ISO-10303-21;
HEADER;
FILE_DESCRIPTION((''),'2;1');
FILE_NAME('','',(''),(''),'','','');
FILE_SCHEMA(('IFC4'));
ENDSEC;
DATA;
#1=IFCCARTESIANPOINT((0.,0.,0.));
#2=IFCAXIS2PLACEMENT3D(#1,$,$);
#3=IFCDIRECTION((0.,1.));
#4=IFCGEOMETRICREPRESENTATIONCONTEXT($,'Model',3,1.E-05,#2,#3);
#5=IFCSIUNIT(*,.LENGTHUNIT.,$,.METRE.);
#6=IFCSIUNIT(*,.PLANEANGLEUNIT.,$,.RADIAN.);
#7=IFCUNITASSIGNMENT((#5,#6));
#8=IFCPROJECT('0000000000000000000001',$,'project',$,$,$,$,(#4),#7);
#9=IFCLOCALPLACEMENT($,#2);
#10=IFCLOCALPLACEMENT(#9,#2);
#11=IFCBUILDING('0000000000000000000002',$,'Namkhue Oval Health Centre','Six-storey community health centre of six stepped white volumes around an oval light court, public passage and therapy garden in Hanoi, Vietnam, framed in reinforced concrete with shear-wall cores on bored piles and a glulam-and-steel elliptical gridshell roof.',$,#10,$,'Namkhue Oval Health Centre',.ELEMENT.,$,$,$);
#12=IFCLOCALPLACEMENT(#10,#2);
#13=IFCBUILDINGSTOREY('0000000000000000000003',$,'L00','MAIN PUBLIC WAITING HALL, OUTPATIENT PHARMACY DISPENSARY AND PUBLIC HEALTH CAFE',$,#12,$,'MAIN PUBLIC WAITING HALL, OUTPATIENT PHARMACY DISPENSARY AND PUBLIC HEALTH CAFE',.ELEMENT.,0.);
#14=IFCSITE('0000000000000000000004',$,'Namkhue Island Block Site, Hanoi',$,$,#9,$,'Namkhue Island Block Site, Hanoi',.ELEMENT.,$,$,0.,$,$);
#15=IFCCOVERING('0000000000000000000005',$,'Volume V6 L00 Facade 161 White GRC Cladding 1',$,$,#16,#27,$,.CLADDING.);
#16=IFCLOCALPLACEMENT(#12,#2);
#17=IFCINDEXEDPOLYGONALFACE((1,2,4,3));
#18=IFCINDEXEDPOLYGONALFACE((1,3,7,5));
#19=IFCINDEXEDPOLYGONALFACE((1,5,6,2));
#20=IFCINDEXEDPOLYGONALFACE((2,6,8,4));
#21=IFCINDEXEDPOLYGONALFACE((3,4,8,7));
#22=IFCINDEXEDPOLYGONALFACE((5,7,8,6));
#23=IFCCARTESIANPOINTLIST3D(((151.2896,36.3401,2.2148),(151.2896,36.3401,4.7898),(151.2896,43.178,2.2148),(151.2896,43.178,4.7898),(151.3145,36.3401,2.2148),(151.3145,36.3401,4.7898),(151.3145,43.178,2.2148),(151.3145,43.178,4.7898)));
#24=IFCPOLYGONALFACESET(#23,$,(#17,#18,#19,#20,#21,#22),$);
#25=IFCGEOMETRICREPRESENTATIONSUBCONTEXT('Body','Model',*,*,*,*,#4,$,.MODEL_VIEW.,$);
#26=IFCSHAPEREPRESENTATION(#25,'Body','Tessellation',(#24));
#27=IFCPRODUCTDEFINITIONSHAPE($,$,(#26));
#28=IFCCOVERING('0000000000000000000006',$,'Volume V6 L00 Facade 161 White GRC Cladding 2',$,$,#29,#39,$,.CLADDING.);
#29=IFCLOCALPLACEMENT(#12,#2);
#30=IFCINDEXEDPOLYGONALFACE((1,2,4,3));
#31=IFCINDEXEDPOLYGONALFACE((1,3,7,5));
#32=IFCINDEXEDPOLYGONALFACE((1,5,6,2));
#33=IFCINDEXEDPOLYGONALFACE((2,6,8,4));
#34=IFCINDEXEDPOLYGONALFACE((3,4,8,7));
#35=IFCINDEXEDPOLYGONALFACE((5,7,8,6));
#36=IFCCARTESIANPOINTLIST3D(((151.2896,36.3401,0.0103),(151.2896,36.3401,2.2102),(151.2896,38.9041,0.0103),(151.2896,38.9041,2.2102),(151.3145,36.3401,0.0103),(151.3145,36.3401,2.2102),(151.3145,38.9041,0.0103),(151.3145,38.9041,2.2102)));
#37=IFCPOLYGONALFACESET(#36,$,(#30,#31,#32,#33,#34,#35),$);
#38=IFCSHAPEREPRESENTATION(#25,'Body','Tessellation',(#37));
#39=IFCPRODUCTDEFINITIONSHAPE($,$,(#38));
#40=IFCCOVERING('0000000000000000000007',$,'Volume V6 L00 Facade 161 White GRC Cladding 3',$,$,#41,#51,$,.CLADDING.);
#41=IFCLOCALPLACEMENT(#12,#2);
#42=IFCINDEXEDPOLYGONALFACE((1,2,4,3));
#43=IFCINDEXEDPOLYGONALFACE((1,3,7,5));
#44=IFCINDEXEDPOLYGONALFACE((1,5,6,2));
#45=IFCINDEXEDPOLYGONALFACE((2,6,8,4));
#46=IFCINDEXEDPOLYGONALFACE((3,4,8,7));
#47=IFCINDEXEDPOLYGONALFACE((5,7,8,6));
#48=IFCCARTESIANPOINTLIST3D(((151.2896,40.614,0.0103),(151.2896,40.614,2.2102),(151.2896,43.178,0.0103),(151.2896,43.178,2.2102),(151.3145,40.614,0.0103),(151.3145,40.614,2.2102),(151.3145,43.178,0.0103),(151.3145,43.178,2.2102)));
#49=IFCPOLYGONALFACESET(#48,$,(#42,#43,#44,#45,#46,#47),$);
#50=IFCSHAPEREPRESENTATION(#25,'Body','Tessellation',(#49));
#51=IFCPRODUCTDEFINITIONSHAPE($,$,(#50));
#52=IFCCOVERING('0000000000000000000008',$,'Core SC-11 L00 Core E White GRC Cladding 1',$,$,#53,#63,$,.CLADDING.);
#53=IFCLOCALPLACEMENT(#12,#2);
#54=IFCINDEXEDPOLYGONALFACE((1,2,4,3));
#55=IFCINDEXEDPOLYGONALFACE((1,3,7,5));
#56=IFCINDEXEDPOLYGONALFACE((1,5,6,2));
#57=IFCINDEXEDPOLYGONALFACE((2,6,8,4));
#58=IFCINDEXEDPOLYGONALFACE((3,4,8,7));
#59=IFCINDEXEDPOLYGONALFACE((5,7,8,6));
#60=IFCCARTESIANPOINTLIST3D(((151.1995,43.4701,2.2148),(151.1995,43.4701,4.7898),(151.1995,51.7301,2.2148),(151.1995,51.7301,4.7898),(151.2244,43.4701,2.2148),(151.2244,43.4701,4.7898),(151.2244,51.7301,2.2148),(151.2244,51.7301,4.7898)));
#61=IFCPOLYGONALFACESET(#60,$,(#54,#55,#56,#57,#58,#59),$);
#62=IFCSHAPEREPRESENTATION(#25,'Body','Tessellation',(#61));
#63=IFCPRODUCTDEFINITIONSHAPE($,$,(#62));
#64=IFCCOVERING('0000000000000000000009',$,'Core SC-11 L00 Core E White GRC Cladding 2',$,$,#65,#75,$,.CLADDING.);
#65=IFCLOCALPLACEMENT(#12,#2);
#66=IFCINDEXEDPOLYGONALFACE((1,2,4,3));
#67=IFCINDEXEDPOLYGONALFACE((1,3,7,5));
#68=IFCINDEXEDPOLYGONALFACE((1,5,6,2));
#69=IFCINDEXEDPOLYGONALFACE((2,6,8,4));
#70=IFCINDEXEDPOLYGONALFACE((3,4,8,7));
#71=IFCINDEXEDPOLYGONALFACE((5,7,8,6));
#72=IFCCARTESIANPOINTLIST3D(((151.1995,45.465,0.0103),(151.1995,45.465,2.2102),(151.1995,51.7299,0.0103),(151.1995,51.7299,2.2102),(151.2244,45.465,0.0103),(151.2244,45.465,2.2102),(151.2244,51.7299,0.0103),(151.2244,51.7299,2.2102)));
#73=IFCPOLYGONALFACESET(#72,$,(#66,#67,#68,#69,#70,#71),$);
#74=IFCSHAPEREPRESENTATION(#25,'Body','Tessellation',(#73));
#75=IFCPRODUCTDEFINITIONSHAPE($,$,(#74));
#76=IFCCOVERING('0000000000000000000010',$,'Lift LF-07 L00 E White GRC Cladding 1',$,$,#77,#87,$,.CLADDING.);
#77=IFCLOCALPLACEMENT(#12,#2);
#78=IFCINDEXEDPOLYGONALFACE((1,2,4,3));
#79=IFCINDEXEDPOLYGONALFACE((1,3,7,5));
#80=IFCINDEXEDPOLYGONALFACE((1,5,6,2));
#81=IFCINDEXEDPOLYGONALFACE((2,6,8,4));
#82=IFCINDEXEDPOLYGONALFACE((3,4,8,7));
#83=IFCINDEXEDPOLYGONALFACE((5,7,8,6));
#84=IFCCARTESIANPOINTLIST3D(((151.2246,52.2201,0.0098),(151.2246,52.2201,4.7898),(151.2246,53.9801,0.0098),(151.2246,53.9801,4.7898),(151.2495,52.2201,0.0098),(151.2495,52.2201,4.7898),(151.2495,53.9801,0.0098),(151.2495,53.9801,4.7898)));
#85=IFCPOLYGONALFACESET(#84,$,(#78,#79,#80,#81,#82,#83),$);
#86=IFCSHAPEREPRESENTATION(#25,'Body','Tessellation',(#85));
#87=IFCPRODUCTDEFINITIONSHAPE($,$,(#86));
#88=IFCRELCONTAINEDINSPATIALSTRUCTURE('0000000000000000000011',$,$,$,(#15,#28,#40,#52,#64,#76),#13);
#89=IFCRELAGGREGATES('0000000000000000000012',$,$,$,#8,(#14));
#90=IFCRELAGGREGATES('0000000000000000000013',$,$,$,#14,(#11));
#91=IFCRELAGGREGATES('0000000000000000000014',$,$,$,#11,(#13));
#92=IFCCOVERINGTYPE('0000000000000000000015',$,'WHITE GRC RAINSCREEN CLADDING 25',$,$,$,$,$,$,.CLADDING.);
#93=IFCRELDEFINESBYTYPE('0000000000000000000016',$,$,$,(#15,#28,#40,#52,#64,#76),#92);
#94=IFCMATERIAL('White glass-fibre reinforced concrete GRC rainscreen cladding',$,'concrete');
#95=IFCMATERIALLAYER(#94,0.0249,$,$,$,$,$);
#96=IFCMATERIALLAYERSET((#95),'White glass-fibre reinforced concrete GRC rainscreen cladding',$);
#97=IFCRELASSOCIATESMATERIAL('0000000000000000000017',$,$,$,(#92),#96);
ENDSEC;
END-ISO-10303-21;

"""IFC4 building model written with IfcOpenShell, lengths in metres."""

from ifc_helpers import new_model, si_unit, direction, frame, origin, origin_2d, place, context, subcontext, project, spatial, rectangle, extrude, material, layer, layer_set, type_object, element, save


model = new_model("IFC4")

# Units and contexts
model_context = context("Model", 3, precision=1e-05, world=origin(), true_north=direction((0.0, 1.0)))
body_context = subcontext(model_context, "Body", "Model", "MODEL_VIEW")
ifc_project = project(units=[si_unit("LENGTHUNIT", "METRE"), si_unit("PLANEANGLEUNIT", "RADIAN")], contexts=[model_context])

# Site, building, storey
site_placement = place(None, origin())
site = spatial("IfcSite", under=ifc_project, at=site_placement, Name="Namkhue Island Block Site, Hanoi", LongName="Namkhue Island Block Site, Hanoi", CompositionType="ELEMENT", RefElevation=0.0)
building_placement = place(site_placement, origin())
building = spatial("IfcBuilding", under=site, at=building_placement, Name="Namkhue Oval Health Centre", Description="Six-storey community health centre of six stepped white volumes around an oval light court, public passage and therapy garden in Hanoi, Vietnam, framed in reinforced concrete with shear-wall cores on bored piles and a glulam-and-steel elliptical gridshell roof.", LongName="Namkhue Oval Health Centre", CompositionType="ELEMENT")
storey_placement = place(building_placement, origin())
storey = spatial("IfcBuildingStorey", under=building, at=storey_placement, Name="L00", Description="MAIN PUBLIC WAITING HALL, OUTPATIENT PHARMACY DISPENSARY AND PUBLIC HEALTH CAFE", LongName="MAIN PUBLIC WAITING HALL, OUTPATIENT PHARMACY DISPENSARY AND PUBLIC HEALTH CAFE", CompositionType="ELEMENT", Elevation=0.0)

# Coverings
ifc_material_1 = material(Name="White glass-fibre reinforced concrete GRC rainscreen cladding", Category="concrete")
ifc_layer_1 = layer(ifc_material_1, 0.0249)
ifc_layer_set_1 = layer_set([ifc_layer_1], Name="White glass-fibre reinforced concrete GRC rainscreen cladding")
covering_type = type_object("IfcCoveringType", Name="WHITE GRC RAINSCREEN CLADDING 25", PredefinedType="CLADDING", material=ifc_layer_set_1)
covering_1_placement = place(storey_placement, frame((151.302, 39.759, 2.2148), z_axis=(0.0, 0.0, 1.0), x_axis=(0.0, 1.0, 0.0)))
element("IfcCovering", 1, at=covering_1_placement, inside=storey, type_object=covering_type, Name="Volume V6 L00 Facade 161 White GRC Cladding 1", PredefinedType="CLADDING", context=body_context, shape_type="SweptSolid", body=[
    extrude(rectangle(XDim=6.8379, YDim=0.0249, at=origin_2d()), origin(), (0.0, 0.0, 1.0), 2.575),
])
for number, where, z_axis, x_axis, name in (
    (2, (151.302, 37.6221, 0.0103), (0.0, 0.0, 1.0), (0.0, 1.0, 0.0), "Volume V6 L00 Facade 161 White GRC Cladding 2"),
    (3, (151.302, 41.896, 0.0103), (0.0, 0.0, 1.0), (0.0, 1.0, 0.0), "Volume V6 L00 Facade 161 White GRC Cladding 3"),
):
    element("IfcCovering", number, at=place(storey_placement, frame(where, z_axis=z_axis, x_axis=x_axis)), inside=storey, type_object=covering_type, Name=name, PredefinedType="CLADDING", context=body_context, shape_type="SweptSolid", body=[
        extrude(rectangle(XDim=2.564, YDim=0.0249, at=origin_2d()), origin(), (0.0, 0.0, 1.0), 2.2),
    ])
covering_2_placement = place(storey_placement, frame((151.2119, 47.6001, 2.2148), z_axis=(0.0, 0.0, 1.0), x_axis=(0.0, 1.0, 0.0)))
element("IfcCovering", 4, at=covering_2_placement, inside=storey, type_object=covering_type, Name="Core SC-11 L00 Core E White GRC Cladding 1", PredefinedType="CLADDING", context=body_context, shape_type="SweptSolid", body=[
    extrude(rectangle(XDim=8.26, YDim=0.0249, at=origin_2d()), origin(), (0.0, 0.0, 1.0), 2.575),
])
covering_3_placement = place(storey_placement, frame((151.2119, 48.5974, 0.0103), z_axis=(0.0, 0.0, 1.0), x_axis=(0.0, 1.0, 0.0)))
element("IfcCovering", 5, at=covering_3_placement, inside=storey, type_object=covering_type, Name="Core SC-11 L00 Core E White GRC Cladding 2", PredefinedType="CLADDING", context=body_context, shape_type="SweptSolid", body=[
    extrude(rectangle(XDim=6.2649, YDim=0.0249, at=origin_2d()), origin(), (0.0, 0.0, 1.0), 2.2),
])
covering_4_placement = place(storey_placement, frame((151.2371, 53.1001, 0.0098), z_axis=(0.0, 0.0, 1.0), x_axis=(0.0, 1.0, 0.0)))
element("IfcCovering", 6, at=covering_4_placement, inside=storey, type_object=covering_type, Name="Lift LF-07 L00 E White GRC Cladding 1", PredefinedType="CLADDING", context=body_context, shape_type="SweptSolid", body=[
    extrude(rectangle(XDim=1.76, YDim=0.0249, at=origin_2d()), origin(), (0.0, 0.0, 1.0), 4.78),
])

save(model, "model.ifc")
